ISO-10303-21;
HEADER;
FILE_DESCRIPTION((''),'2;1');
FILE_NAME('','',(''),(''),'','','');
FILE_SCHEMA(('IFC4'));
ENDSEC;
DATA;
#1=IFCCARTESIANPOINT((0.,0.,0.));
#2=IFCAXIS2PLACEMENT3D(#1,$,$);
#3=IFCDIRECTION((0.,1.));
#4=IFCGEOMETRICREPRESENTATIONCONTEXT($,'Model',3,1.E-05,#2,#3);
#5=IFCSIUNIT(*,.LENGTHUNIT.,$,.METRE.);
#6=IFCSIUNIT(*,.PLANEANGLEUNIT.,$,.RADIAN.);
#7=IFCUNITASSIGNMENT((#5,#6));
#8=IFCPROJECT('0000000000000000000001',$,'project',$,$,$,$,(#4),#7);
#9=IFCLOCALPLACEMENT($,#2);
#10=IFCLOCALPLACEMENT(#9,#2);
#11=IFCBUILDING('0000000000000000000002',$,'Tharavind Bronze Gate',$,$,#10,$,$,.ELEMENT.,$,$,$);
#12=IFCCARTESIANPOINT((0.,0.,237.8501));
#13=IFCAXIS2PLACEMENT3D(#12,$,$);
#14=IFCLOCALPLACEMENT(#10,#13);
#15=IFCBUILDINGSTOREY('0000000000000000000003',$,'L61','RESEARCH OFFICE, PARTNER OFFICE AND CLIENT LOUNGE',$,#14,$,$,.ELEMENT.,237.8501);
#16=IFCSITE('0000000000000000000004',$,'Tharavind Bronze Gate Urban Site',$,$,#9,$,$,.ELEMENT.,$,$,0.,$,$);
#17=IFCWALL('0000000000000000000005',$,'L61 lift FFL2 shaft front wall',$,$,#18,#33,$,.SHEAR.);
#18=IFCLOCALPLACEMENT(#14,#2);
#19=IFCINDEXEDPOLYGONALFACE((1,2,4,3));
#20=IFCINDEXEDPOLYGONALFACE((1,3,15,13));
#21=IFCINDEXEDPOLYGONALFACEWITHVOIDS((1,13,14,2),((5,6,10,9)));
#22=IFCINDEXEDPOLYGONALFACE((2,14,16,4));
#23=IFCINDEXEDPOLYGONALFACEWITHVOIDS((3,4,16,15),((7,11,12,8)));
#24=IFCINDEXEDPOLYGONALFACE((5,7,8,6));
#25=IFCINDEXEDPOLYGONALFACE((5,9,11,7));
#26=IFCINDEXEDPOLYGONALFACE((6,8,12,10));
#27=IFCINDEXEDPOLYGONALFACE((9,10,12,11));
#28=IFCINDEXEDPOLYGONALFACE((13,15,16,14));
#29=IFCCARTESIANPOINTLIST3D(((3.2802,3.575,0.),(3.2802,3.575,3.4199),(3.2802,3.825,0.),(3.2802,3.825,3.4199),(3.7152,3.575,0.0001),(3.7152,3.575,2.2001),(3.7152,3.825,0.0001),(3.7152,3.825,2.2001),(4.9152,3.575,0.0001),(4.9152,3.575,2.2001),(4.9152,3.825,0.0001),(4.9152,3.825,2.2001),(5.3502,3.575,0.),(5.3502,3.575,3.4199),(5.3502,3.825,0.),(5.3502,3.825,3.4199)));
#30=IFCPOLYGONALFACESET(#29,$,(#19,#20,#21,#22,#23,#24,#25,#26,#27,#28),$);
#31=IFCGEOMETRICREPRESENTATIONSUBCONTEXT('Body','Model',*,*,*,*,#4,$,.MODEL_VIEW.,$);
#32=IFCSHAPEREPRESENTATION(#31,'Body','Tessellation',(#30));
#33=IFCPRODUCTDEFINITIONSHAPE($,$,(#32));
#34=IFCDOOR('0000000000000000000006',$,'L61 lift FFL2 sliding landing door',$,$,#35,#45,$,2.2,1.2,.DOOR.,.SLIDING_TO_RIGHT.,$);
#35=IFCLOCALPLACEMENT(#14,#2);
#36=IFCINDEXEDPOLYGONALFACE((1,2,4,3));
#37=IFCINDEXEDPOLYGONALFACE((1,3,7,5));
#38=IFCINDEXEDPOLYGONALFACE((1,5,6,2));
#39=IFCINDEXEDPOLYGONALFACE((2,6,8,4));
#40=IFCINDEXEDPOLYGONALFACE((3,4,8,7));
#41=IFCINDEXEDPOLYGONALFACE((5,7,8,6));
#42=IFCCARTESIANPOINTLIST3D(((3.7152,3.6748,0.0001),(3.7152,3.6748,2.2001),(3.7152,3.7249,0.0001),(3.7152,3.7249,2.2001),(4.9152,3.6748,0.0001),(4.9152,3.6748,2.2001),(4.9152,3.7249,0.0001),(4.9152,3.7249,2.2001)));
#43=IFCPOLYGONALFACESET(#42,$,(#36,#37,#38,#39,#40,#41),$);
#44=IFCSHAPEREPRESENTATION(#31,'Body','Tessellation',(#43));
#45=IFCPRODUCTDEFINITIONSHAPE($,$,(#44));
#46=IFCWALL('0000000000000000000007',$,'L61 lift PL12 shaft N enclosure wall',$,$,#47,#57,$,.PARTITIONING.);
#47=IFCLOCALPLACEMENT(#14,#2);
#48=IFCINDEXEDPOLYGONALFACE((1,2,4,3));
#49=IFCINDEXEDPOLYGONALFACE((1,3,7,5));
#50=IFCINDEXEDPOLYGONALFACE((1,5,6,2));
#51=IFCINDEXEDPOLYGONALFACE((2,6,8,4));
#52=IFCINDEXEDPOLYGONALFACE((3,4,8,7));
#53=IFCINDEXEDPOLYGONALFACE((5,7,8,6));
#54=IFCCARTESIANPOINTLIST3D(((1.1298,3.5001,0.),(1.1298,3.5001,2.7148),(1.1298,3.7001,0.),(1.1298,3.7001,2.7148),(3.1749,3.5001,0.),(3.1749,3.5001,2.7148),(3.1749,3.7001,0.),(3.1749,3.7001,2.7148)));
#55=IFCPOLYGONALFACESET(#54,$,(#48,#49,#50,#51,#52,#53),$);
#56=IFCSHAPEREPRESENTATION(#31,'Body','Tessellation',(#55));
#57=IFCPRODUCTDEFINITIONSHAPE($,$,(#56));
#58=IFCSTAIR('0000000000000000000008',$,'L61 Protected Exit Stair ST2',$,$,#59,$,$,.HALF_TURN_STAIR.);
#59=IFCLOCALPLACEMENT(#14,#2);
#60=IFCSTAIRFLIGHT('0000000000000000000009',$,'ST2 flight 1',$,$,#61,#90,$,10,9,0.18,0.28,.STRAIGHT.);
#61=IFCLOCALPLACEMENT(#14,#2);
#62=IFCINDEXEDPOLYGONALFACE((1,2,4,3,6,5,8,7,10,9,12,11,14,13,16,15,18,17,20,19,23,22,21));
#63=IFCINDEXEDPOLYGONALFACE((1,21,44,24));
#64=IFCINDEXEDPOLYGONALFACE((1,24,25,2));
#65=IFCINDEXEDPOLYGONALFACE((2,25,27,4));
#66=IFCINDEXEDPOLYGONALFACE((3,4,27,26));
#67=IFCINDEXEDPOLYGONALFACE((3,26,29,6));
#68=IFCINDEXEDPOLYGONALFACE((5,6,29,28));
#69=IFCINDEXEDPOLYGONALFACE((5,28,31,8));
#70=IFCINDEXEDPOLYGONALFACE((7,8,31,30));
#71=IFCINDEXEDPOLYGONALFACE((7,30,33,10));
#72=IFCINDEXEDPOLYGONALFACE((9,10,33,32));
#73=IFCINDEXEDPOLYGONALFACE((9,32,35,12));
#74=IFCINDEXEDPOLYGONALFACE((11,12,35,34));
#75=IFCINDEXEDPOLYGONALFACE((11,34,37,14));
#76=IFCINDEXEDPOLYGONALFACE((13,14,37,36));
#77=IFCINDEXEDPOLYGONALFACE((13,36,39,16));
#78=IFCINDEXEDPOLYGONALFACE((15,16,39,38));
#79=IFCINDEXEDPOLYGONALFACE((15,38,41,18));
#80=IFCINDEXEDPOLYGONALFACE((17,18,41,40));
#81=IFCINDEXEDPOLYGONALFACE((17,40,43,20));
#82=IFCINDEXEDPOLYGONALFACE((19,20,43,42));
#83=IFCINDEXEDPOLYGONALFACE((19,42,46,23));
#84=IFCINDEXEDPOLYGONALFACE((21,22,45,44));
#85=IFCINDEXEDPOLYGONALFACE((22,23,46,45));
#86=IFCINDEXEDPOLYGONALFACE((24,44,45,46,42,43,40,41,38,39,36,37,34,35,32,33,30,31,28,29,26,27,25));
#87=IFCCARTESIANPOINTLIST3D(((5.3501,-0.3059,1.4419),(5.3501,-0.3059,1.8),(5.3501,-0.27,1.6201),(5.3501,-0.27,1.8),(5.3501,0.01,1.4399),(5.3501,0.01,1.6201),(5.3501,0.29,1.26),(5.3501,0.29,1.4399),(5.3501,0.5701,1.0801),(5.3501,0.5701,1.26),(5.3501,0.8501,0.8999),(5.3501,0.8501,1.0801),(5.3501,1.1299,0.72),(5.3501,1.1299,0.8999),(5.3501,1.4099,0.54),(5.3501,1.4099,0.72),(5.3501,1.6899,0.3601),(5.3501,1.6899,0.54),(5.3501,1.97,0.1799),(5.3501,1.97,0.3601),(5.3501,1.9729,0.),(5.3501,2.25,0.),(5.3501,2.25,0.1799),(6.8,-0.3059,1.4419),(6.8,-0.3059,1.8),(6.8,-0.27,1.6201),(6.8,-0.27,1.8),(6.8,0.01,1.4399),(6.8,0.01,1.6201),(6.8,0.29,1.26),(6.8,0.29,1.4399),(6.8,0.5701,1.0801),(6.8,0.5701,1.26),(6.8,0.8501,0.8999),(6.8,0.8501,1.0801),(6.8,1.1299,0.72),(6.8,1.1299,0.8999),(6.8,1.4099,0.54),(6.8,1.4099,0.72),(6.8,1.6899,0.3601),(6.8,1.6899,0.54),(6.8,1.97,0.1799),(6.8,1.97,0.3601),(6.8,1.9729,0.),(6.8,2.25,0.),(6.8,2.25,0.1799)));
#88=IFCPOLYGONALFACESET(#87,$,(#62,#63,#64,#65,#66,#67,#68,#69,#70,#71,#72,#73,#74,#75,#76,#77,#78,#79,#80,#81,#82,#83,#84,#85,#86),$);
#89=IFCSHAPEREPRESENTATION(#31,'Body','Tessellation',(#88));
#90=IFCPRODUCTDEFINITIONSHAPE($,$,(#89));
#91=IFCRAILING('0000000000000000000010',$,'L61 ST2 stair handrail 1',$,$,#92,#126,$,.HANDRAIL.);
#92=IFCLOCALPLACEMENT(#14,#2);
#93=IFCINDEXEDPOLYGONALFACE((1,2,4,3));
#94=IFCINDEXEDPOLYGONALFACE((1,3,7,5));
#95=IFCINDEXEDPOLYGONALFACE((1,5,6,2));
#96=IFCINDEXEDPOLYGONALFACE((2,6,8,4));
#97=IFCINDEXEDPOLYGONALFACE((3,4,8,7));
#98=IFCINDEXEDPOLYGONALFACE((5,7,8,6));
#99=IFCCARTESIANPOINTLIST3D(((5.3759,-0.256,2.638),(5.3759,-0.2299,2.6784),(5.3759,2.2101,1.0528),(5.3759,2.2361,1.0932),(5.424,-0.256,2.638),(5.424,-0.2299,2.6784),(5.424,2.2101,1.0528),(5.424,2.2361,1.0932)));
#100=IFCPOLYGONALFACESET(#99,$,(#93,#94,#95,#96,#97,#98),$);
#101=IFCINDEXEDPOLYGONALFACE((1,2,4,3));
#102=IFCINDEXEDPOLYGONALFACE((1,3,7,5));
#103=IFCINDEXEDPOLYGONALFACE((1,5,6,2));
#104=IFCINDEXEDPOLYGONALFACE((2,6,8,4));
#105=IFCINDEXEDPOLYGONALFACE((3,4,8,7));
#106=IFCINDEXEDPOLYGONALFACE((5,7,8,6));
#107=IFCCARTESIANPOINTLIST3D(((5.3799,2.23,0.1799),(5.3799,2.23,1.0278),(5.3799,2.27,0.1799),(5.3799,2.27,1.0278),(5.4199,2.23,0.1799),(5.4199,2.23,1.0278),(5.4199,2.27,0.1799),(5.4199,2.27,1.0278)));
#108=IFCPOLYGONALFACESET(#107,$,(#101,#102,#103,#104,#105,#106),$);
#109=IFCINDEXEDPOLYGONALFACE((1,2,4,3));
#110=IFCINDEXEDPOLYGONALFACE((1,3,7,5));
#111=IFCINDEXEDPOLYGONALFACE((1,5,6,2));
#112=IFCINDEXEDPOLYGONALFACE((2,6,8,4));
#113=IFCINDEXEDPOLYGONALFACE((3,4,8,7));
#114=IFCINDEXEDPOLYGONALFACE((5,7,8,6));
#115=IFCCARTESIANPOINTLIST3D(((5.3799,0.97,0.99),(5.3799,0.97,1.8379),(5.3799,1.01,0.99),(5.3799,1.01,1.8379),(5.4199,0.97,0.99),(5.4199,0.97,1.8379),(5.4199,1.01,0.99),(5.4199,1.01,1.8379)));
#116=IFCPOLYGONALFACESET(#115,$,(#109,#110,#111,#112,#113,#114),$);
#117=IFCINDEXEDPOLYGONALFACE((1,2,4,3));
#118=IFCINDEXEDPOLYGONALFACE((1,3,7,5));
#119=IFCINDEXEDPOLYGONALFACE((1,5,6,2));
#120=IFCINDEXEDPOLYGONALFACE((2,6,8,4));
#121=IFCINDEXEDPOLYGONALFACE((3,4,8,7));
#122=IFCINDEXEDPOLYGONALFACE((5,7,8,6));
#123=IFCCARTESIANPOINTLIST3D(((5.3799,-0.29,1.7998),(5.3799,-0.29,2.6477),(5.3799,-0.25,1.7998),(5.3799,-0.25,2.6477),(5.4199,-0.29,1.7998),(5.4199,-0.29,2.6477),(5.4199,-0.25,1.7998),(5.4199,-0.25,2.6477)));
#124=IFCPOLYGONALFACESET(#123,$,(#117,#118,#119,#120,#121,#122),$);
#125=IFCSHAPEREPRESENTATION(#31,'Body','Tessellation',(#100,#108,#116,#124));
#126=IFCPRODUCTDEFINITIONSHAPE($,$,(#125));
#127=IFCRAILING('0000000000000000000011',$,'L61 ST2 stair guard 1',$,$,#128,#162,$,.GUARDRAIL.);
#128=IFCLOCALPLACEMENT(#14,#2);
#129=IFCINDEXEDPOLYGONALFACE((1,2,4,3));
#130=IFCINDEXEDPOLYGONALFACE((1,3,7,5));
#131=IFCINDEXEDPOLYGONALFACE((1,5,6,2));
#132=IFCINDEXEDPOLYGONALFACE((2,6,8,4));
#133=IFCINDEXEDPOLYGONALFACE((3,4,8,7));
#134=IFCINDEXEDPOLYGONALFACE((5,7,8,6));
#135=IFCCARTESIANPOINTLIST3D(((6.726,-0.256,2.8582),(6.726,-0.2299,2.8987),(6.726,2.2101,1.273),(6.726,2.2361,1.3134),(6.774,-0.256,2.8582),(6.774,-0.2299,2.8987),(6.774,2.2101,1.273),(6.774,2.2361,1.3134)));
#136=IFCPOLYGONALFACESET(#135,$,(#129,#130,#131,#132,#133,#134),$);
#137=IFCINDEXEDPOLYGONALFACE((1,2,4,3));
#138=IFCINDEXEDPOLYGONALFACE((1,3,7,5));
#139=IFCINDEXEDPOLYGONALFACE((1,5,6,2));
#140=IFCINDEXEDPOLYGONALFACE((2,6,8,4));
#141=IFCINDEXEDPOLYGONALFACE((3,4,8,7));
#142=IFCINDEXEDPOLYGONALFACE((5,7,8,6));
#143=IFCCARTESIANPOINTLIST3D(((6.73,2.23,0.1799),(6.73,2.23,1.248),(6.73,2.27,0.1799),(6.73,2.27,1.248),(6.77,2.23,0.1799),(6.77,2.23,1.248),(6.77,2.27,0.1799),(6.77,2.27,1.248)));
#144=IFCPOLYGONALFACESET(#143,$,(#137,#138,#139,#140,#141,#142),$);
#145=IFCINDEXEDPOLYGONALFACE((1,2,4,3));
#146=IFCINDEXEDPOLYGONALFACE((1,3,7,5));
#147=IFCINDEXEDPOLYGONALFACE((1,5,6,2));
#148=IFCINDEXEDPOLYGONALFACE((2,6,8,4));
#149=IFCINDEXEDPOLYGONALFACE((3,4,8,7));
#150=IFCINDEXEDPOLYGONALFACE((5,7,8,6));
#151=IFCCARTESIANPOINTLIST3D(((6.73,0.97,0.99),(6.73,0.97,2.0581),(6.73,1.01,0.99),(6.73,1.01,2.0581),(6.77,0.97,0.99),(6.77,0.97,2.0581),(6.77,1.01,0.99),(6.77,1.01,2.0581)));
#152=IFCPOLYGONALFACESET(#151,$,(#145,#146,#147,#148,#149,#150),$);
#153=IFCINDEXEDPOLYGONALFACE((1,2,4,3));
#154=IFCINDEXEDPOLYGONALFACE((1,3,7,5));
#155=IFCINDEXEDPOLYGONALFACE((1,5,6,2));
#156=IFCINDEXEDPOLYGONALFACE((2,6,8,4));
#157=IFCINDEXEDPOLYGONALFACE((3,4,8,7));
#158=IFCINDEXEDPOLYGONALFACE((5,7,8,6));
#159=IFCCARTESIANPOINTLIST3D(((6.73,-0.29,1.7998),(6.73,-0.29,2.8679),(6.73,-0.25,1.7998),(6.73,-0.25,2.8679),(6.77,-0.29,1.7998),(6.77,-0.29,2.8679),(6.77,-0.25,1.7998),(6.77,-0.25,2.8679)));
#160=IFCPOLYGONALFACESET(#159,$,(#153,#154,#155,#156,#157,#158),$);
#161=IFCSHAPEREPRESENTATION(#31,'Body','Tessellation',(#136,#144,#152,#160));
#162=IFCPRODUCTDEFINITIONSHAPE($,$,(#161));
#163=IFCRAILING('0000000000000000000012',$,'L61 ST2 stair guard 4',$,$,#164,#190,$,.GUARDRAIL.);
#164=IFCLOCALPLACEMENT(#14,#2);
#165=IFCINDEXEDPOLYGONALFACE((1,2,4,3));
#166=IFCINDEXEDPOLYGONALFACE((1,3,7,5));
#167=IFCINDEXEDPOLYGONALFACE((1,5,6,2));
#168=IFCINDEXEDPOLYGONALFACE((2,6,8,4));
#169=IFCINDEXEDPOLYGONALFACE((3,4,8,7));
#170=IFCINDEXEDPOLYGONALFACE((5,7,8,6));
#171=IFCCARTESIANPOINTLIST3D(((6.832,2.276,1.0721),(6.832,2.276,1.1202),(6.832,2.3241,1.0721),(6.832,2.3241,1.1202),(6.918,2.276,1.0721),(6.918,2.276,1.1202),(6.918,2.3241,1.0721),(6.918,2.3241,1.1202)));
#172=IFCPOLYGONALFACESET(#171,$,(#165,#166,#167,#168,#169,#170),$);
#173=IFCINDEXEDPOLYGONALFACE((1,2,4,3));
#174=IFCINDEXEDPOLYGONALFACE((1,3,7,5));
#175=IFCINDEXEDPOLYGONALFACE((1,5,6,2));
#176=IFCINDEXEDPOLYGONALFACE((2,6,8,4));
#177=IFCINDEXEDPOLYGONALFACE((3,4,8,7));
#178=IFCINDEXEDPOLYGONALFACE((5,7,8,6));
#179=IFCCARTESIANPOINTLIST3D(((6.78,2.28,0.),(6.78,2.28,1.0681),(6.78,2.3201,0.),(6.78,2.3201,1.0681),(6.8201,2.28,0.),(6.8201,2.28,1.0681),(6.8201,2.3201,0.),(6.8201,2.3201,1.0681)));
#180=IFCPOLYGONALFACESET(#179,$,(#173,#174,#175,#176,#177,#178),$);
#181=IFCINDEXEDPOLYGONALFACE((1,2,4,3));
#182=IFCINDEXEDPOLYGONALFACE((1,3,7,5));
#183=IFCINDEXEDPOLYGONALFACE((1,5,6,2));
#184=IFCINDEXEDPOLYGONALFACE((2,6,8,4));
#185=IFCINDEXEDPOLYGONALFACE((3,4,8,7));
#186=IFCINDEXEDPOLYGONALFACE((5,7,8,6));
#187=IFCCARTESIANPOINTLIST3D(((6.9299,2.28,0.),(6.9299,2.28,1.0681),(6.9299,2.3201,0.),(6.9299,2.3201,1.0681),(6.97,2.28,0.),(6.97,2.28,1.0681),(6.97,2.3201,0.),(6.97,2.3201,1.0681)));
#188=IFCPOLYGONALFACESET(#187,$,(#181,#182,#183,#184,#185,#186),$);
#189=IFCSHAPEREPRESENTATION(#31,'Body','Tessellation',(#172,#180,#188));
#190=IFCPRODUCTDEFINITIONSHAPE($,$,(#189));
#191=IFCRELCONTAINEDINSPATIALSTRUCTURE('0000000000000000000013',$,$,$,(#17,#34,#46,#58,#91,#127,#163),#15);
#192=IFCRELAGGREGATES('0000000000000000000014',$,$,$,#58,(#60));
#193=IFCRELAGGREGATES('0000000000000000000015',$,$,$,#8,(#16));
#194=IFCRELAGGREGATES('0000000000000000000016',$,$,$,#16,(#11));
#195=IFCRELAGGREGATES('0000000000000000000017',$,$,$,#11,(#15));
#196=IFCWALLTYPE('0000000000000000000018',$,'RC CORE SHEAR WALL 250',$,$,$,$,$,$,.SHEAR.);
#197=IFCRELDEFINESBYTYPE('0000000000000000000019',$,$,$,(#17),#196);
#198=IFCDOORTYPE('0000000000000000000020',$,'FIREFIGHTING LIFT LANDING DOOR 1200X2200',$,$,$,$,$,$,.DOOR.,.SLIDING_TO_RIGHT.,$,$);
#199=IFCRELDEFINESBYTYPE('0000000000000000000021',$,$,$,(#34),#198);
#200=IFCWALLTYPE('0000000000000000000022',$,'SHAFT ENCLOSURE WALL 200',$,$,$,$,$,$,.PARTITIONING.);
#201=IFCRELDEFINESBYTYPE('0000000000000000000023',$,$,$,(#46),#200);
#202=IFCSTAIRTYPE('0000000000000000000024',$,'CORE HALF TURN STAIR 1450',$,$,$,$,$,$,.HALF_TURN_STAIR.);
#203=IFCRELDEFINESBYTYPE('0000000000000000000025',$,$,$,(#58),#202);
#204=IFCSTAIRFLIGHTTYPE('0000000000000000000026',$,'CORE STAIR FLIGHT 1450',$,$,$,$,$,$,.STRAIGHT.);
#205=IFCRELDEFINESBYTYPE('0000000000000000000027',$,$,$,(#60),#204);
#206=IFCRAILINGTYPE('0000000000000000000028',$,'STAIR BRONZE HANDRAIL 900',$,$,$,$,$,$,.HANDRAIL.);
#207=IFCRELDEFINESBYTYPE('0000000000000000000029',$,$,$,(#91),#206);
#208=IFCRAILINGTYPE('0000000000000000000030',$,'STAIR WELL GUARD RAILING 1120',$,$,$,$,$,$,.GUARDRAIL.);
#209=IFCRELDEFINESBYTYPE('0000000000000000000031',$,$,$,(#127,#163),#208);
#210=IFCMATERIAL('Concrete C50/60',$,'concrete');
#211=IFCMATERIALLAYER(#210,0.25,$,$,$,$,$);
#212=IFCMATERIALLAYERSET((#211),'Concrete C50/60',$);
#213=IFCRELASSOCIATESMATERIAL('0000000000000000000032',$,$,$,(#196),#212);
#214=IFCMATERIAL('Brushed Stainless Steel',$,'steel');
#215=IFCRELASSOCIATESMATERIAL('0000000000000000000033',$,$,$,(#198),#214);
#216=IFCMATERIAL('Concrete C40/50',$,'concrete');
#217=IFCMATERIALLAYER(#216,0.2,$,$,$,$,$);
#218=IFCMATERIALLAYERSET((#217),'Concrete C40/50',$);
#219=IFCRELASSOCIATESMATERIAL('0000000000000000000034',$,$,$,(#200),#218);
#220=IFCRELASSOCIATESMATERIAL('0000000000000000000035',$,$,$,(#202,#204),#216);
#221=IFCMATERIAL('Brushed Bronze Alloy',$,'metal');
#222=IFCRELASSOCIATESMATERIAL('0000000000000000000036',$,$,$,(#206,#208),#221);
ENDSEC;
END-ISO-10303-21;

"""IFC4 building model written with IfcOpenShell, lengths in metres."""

from ifc_helpers import new_model, si_unit, direction, frame, frame_2d, origin, origin_2d, place, context, subcontext, project, spatial, polyline, rectangle, outline, extrude, material, layer, layer_set, type_object, element, fill, aggregate, save


model = new_model("IFC4")

# Units and contexts
model_context = context("Model", 3, precision=1e-05, world=origin(), true_north=direction((0.0, 1.0)))
body_context = subcontext(model_context, "Body", "Model", "MODEL_VIEW")
ifc_project = project(units=[si_unit("LENGTHUNIT", "METRE"), si_unit("PLANEANGLEUNIT", "RADIAN")], contexts=[model_context])

# Site, building, storey
site_placement = place(None, origin())
site = spatial("IfcSite", under=ifc_project, at=site_placement, Name="Tharavind Bronze Gate Urban Site", CompositionType="ELEMENT", RefElevation=0.0)
building_placement = place(site_placement, origin())
building = spatial("IfcBuilding", under=site, at=building_placement, Name="Tharavind Bronze Gate", CompositionType="ELEMENT")
storey_placement = place(building_placement, frame((0.0, 0.0, 237.8501)))
storey = spatial("IfcBuildingStorey", under=building, at=storey_placement, Name="L61", Description="RESEARCH OFFICE, PARTNER OFFICE AND CLIENT LOUNGE", CompositionType="ELEMENT", Elevation=237.8501)

# Shared definitions
ifc_material_1 = material(Name="Concrete C50/60", Category="concrete")

# Wall, opening, door
ifc_layer_1 = layer(ifc_material_1, 0.25)
ifc_layer_set_1 = layer_set([ifc_layer_1], Name="Concrete C50/60")
wall_type_1 = type_object("IfcWallType", Name="RC CORE SHEAR WALL 250", PredefinedType="SHEAR", material=ifc_layer_set_1)
wall_1_placement = place(storey_placement, frame((3.28, 3.7, 0.0), z_axis=(0.0, 0.0, 1.0), x_axis=(1.0, 0.0, 0.0)))
wall_1 = element("IfcWall", 1, at=wall_1_placement, inside=storey, type_object=wall_type_1, Name="L61 lift FFL2 shaft front wall", PredefinedType="SHEAR", context=body_context, shape_type="SweptSolid", body=[
    extrude(rectangle(XDim=2.0701, YDim=0.25, at=frame_2d((1.0352, 0.0))), origin(), (0.0, 0.0, 1.0), 3.4199),
])
opening_1_placement = place(wall_1_placement, frame((0.4351, 0.0, 0.0)))
opening_1 = element("IfcOpeningElement", 2, at=opening_1_placement, cuts=wall_1, PredefinedType="OPENING", context=body_context, shape_type="SweptSolid", body=[
    extrude(rectangle(XDim=1.2, YDim=2.2, at=frame_2d((0.6001, 1.1001))), frame((0.0, 0.135, 0.0), z_axis=(0.0, -1.0, 0.0), x_axis=(1.0, 0.0, 0.0)), (0.0, 0.0, 1.0), 0.27),
])
ifc_material_2 = material(Name="Brushed Stainless Steel", Category="steel")
door_type_1 = type_object("IfcDoorType", Name="FIREFIGHTING LIFT LANDING DOOR 1200X2200", OperationType="SLIDING_TO_RIGHT", PredefinedType="DOOR", material=ifc_material_2)
door_1_placement = place(opening_1_placement, origin())
door_1 = element("IfcDoor", 3, at=door_1_placement, inside=storey, type_object=door_type_1, Name="L61 lift FFL2 sliding landing door", OperationType="SLIDING_TO_RIGHT", OverallHeight=2.2, OverallWidth=1.2, PredefinedType="DOOR", context=body_context, shape_type="SweptSolid", body=[
    extrude(rectangle(XDim=1.2, YDim=2.2, at=frame_2d((0.6001, 1.1001))), frame((0.0, 0.0249, 0.0), z_axis=(0.0, -1.0, 0.0), x_axis=(1.0, 0.0, 0.0)), (0.0, 0.0, 1.0), 0.05),
])
fill(opening_1, door_1)

# Wall
ifc_material_3 = material(Name="Concrete C40/50", Category="concrete")
ifc_layer_2 = layer(ifc_material_3, 0.2)
ifc_layer_set_2 = layer_set([ifc_layer_2], Name="Concrete C40/50")
wall_type_2 = type_object("IfcWallType", Name="SHAFT ENCLOSURE WALL 200", PredefinedType="PARTITIONING", material=ifc_layer_set_2)
wall_2_placement = place(storey_placement, frame((1.1299, 3.6001, 0.0), z_axis=(0.0, 0.0, 1.0), x_axis=(1.0, 0.0, 0.0)))
element("IfcWall", 4, at=wall_2_placement, inside=storey, type_object=wall_type_2, Name="L61 lift PL12 shaft N enclosure wall", PredefinedType="PARTITIONING", context=body_context, shape_type="SweptSolid", body=[
    extrude(rectangle(XDim=2.0452, YDim=0.2, at=frame_2d((1.0225, 0.0))), origin(), (0.0, 0.0, 1.0), 2.7148),
])

# Stair, stair flight
stair_type = type_object("IfcStairType", Name="CORE HALF TURN STAIR 1450", PredefinedType="HALF_TURN_STAIR", material=ifc_material_3)
stair_placement = place(storey_placement, origin())
stair = element("IfcStair", 5, at=stair_placement, inside=storey, type_object=stair_type, Name="L61 Protected Exit Stair ST2", PredefinedType="HALF_TURN_STAIR")
stair_flight_type = type_object("IfcStairFlightType", Name="CORE STAIR FLIGHT 1450", PredefinedType="STRAIGHT", material=ifc_material_3)
stair_flight_placement = place(storey_placement, frame((6.075, 2.25, 0.0), z_axis=(0.0, 0.0, 1.0), x_axis=(0.0, -1.0, 0.0)))
stair_flight = element("IfcStairFlight", 6, at=stair_flight_placement, type_object=stair_flight_type, Name="ST2 flight 1", NumberOfRisers=10, NumberOfTreads=9, PredefinedType="STRAIGHT", RiserHeight=0.18, TreadLength=0.28, context=body_context, shape_type="SweptSolid", body=[
    extrude(outline(polyline([(0.0, 0.0), (0.0, 0.1799), (0.28, 0.1799), (0.28, 0.3601), (0.5601, 0.3601), (0.5601, 0.54), (0.8401, 0.54), (0.8401, 0.72), (1.1201, 0.72), (1.1201, 0.8999), (1.3999, 0.8999), (1.3999, 1.0801), (1.6799, 1.0801), (1.6799, 1.26), (1.96, 1.26), (1.96, 1.4399), (2.24, 1.4399), (2.24, 1.6201), (2.52, 1.6201), (2.52, 1.8), (2.5559, 1.8), (2.5559, 1.4419), (0.2771, 0.0), (0.0, 0.0)])), frame((0.0, 0.7251, 0.0), z_axis=(0.0, -1.0, 0.0), x_axis=(1.0, 0.0, 0.0)), (0.0, 0.0, 1.0), 1.45),
])
aggregate(stair, [stair_flight])

# Railings
ifc_material_4 = material(Name="Brushed Bronze Alloy", Category="metal")
railing_type_1 = type_object("IfcRailingType", Name="STAIR BRONZE HANDRAIL 900", PredefinedType="HANDRAIL", material=ifc_material_4)
railing_1_placement = place(storey_placement, frame((5.3999, 2.25, 0.1799)))
element("IfcRailing", 7, at=railing_1_placement, inside=storey, type_object=railing_type_1, Name="L61 ST2 stair handrail 1", PredefinedType="HANDRAIL", context=body_context, shape_type="SweptSolid", body=[
    extrude(rectangle(XDim=0.0481, YDim=0.0481, at=origin_2d()), frame((0.0, -0.0269, 0.8931), z_axis=(0.0, -0.8412, 0.540725), x_axis=(1.0, 0.0, 0.0)), (0.0, 0.0, 1.0), 2.9316),
    extrude(rectangle(XDim=0.04, YDim=0.04, at=origin_2d()), origin(), (0.0, 0.0, 1.0), 0.8479),
    extrude(rectangle(XDim=0.04, YDim=0.04, at=origin_2d()), frame((0.0, -1.26, 0.8101)), (0.0, 0.0, 1.0), 0.8479),
    extrude(rectangle(XDim=0.04, YDim=0.04, at=origin_2d()), frame((0.0, -2.52, 1.6199)), (0.0, 0.0, 1.0), 0.8479),
])
railing_type_2 = type_object("IfcRailingType", Name="STAIR WELL GUARD RAILING 1120", PredefinedType="GUARDRAIL", material=ifc_material_4)
railing_2_placement = place(storey_placement, frame((6.75, 2.25, 0.1799)))
element("IfcRailing", 8, at=railing_2_placement, inside=storey, type_object=railing_type_2, Name="L61 ST2 stair guard 1", PredefinedType="GUARDRAIL", context=body_context, shape_type="SweptSolid", body=[
    extrude(rectangle(XDim=0.0481, YDim=0.0481, at=origin_2d()), frame((0.0, -0.0269, 1.1133), z_axis=(0.0, -0.8412, 0.540725), x_axis=(1.0, 0.0, 0.0)), (0.0, 0.0, 1.0), 2.9316),
    extrude(rectangle(XDim=0.04, YDim=0.04, at=origin_2d()), origin(), (0.0, 0.0, 1.0), 1.0681),
    extrude(rectangle(XDim=0.04, YDim=0.04, at=origin_2d()), frame((0.0, -1.26, 0.8101)), (0.0, 0.0, 1.0), 1.0681),
    extrude(rectangle(XDim=0.04, YDim=0.04, at=origin_2d()), frame((0.0, -2.52, 1.6199)), (0.0, 0.0, 1.0), 1.0681),
])
railing_3_placement = place(storey_placement, frame((6.8, 2.3, 0.0)))
element("IfcRailing", 9, at=railing_3_placement, inside=storey, type_object=railing_type_2, Name="L61 ST2 stair guard 4", PredefinedType="GUARDRAIL", context=body_context, shape_type="SweptSolid", body=[
    extrude(rectangle(XDim=0.0481, YDim=0.0481, at=origin_2d()), frame((0.032, 0.0, 1.0962), z_axis=(1.0, 0.0, 0.0), x_axis=(0.0, 1.0, 0.0)), (0.0, 0.0, 1.0), 0.0859),
    extrude(rectangle(XDim=0.04, YDim=0.04, at=origin_2d()), origin(), (0.0, 0.0, 1.0), 1.0681),
    extrude(rectangle(XDim=0.04, YDim=0.04, at=origin_2d()), frame((0.1499, 0.0, 0.0)), (0.0, 0.0, 1.0), 1.0681),
])

save(model, "model.ifc")
